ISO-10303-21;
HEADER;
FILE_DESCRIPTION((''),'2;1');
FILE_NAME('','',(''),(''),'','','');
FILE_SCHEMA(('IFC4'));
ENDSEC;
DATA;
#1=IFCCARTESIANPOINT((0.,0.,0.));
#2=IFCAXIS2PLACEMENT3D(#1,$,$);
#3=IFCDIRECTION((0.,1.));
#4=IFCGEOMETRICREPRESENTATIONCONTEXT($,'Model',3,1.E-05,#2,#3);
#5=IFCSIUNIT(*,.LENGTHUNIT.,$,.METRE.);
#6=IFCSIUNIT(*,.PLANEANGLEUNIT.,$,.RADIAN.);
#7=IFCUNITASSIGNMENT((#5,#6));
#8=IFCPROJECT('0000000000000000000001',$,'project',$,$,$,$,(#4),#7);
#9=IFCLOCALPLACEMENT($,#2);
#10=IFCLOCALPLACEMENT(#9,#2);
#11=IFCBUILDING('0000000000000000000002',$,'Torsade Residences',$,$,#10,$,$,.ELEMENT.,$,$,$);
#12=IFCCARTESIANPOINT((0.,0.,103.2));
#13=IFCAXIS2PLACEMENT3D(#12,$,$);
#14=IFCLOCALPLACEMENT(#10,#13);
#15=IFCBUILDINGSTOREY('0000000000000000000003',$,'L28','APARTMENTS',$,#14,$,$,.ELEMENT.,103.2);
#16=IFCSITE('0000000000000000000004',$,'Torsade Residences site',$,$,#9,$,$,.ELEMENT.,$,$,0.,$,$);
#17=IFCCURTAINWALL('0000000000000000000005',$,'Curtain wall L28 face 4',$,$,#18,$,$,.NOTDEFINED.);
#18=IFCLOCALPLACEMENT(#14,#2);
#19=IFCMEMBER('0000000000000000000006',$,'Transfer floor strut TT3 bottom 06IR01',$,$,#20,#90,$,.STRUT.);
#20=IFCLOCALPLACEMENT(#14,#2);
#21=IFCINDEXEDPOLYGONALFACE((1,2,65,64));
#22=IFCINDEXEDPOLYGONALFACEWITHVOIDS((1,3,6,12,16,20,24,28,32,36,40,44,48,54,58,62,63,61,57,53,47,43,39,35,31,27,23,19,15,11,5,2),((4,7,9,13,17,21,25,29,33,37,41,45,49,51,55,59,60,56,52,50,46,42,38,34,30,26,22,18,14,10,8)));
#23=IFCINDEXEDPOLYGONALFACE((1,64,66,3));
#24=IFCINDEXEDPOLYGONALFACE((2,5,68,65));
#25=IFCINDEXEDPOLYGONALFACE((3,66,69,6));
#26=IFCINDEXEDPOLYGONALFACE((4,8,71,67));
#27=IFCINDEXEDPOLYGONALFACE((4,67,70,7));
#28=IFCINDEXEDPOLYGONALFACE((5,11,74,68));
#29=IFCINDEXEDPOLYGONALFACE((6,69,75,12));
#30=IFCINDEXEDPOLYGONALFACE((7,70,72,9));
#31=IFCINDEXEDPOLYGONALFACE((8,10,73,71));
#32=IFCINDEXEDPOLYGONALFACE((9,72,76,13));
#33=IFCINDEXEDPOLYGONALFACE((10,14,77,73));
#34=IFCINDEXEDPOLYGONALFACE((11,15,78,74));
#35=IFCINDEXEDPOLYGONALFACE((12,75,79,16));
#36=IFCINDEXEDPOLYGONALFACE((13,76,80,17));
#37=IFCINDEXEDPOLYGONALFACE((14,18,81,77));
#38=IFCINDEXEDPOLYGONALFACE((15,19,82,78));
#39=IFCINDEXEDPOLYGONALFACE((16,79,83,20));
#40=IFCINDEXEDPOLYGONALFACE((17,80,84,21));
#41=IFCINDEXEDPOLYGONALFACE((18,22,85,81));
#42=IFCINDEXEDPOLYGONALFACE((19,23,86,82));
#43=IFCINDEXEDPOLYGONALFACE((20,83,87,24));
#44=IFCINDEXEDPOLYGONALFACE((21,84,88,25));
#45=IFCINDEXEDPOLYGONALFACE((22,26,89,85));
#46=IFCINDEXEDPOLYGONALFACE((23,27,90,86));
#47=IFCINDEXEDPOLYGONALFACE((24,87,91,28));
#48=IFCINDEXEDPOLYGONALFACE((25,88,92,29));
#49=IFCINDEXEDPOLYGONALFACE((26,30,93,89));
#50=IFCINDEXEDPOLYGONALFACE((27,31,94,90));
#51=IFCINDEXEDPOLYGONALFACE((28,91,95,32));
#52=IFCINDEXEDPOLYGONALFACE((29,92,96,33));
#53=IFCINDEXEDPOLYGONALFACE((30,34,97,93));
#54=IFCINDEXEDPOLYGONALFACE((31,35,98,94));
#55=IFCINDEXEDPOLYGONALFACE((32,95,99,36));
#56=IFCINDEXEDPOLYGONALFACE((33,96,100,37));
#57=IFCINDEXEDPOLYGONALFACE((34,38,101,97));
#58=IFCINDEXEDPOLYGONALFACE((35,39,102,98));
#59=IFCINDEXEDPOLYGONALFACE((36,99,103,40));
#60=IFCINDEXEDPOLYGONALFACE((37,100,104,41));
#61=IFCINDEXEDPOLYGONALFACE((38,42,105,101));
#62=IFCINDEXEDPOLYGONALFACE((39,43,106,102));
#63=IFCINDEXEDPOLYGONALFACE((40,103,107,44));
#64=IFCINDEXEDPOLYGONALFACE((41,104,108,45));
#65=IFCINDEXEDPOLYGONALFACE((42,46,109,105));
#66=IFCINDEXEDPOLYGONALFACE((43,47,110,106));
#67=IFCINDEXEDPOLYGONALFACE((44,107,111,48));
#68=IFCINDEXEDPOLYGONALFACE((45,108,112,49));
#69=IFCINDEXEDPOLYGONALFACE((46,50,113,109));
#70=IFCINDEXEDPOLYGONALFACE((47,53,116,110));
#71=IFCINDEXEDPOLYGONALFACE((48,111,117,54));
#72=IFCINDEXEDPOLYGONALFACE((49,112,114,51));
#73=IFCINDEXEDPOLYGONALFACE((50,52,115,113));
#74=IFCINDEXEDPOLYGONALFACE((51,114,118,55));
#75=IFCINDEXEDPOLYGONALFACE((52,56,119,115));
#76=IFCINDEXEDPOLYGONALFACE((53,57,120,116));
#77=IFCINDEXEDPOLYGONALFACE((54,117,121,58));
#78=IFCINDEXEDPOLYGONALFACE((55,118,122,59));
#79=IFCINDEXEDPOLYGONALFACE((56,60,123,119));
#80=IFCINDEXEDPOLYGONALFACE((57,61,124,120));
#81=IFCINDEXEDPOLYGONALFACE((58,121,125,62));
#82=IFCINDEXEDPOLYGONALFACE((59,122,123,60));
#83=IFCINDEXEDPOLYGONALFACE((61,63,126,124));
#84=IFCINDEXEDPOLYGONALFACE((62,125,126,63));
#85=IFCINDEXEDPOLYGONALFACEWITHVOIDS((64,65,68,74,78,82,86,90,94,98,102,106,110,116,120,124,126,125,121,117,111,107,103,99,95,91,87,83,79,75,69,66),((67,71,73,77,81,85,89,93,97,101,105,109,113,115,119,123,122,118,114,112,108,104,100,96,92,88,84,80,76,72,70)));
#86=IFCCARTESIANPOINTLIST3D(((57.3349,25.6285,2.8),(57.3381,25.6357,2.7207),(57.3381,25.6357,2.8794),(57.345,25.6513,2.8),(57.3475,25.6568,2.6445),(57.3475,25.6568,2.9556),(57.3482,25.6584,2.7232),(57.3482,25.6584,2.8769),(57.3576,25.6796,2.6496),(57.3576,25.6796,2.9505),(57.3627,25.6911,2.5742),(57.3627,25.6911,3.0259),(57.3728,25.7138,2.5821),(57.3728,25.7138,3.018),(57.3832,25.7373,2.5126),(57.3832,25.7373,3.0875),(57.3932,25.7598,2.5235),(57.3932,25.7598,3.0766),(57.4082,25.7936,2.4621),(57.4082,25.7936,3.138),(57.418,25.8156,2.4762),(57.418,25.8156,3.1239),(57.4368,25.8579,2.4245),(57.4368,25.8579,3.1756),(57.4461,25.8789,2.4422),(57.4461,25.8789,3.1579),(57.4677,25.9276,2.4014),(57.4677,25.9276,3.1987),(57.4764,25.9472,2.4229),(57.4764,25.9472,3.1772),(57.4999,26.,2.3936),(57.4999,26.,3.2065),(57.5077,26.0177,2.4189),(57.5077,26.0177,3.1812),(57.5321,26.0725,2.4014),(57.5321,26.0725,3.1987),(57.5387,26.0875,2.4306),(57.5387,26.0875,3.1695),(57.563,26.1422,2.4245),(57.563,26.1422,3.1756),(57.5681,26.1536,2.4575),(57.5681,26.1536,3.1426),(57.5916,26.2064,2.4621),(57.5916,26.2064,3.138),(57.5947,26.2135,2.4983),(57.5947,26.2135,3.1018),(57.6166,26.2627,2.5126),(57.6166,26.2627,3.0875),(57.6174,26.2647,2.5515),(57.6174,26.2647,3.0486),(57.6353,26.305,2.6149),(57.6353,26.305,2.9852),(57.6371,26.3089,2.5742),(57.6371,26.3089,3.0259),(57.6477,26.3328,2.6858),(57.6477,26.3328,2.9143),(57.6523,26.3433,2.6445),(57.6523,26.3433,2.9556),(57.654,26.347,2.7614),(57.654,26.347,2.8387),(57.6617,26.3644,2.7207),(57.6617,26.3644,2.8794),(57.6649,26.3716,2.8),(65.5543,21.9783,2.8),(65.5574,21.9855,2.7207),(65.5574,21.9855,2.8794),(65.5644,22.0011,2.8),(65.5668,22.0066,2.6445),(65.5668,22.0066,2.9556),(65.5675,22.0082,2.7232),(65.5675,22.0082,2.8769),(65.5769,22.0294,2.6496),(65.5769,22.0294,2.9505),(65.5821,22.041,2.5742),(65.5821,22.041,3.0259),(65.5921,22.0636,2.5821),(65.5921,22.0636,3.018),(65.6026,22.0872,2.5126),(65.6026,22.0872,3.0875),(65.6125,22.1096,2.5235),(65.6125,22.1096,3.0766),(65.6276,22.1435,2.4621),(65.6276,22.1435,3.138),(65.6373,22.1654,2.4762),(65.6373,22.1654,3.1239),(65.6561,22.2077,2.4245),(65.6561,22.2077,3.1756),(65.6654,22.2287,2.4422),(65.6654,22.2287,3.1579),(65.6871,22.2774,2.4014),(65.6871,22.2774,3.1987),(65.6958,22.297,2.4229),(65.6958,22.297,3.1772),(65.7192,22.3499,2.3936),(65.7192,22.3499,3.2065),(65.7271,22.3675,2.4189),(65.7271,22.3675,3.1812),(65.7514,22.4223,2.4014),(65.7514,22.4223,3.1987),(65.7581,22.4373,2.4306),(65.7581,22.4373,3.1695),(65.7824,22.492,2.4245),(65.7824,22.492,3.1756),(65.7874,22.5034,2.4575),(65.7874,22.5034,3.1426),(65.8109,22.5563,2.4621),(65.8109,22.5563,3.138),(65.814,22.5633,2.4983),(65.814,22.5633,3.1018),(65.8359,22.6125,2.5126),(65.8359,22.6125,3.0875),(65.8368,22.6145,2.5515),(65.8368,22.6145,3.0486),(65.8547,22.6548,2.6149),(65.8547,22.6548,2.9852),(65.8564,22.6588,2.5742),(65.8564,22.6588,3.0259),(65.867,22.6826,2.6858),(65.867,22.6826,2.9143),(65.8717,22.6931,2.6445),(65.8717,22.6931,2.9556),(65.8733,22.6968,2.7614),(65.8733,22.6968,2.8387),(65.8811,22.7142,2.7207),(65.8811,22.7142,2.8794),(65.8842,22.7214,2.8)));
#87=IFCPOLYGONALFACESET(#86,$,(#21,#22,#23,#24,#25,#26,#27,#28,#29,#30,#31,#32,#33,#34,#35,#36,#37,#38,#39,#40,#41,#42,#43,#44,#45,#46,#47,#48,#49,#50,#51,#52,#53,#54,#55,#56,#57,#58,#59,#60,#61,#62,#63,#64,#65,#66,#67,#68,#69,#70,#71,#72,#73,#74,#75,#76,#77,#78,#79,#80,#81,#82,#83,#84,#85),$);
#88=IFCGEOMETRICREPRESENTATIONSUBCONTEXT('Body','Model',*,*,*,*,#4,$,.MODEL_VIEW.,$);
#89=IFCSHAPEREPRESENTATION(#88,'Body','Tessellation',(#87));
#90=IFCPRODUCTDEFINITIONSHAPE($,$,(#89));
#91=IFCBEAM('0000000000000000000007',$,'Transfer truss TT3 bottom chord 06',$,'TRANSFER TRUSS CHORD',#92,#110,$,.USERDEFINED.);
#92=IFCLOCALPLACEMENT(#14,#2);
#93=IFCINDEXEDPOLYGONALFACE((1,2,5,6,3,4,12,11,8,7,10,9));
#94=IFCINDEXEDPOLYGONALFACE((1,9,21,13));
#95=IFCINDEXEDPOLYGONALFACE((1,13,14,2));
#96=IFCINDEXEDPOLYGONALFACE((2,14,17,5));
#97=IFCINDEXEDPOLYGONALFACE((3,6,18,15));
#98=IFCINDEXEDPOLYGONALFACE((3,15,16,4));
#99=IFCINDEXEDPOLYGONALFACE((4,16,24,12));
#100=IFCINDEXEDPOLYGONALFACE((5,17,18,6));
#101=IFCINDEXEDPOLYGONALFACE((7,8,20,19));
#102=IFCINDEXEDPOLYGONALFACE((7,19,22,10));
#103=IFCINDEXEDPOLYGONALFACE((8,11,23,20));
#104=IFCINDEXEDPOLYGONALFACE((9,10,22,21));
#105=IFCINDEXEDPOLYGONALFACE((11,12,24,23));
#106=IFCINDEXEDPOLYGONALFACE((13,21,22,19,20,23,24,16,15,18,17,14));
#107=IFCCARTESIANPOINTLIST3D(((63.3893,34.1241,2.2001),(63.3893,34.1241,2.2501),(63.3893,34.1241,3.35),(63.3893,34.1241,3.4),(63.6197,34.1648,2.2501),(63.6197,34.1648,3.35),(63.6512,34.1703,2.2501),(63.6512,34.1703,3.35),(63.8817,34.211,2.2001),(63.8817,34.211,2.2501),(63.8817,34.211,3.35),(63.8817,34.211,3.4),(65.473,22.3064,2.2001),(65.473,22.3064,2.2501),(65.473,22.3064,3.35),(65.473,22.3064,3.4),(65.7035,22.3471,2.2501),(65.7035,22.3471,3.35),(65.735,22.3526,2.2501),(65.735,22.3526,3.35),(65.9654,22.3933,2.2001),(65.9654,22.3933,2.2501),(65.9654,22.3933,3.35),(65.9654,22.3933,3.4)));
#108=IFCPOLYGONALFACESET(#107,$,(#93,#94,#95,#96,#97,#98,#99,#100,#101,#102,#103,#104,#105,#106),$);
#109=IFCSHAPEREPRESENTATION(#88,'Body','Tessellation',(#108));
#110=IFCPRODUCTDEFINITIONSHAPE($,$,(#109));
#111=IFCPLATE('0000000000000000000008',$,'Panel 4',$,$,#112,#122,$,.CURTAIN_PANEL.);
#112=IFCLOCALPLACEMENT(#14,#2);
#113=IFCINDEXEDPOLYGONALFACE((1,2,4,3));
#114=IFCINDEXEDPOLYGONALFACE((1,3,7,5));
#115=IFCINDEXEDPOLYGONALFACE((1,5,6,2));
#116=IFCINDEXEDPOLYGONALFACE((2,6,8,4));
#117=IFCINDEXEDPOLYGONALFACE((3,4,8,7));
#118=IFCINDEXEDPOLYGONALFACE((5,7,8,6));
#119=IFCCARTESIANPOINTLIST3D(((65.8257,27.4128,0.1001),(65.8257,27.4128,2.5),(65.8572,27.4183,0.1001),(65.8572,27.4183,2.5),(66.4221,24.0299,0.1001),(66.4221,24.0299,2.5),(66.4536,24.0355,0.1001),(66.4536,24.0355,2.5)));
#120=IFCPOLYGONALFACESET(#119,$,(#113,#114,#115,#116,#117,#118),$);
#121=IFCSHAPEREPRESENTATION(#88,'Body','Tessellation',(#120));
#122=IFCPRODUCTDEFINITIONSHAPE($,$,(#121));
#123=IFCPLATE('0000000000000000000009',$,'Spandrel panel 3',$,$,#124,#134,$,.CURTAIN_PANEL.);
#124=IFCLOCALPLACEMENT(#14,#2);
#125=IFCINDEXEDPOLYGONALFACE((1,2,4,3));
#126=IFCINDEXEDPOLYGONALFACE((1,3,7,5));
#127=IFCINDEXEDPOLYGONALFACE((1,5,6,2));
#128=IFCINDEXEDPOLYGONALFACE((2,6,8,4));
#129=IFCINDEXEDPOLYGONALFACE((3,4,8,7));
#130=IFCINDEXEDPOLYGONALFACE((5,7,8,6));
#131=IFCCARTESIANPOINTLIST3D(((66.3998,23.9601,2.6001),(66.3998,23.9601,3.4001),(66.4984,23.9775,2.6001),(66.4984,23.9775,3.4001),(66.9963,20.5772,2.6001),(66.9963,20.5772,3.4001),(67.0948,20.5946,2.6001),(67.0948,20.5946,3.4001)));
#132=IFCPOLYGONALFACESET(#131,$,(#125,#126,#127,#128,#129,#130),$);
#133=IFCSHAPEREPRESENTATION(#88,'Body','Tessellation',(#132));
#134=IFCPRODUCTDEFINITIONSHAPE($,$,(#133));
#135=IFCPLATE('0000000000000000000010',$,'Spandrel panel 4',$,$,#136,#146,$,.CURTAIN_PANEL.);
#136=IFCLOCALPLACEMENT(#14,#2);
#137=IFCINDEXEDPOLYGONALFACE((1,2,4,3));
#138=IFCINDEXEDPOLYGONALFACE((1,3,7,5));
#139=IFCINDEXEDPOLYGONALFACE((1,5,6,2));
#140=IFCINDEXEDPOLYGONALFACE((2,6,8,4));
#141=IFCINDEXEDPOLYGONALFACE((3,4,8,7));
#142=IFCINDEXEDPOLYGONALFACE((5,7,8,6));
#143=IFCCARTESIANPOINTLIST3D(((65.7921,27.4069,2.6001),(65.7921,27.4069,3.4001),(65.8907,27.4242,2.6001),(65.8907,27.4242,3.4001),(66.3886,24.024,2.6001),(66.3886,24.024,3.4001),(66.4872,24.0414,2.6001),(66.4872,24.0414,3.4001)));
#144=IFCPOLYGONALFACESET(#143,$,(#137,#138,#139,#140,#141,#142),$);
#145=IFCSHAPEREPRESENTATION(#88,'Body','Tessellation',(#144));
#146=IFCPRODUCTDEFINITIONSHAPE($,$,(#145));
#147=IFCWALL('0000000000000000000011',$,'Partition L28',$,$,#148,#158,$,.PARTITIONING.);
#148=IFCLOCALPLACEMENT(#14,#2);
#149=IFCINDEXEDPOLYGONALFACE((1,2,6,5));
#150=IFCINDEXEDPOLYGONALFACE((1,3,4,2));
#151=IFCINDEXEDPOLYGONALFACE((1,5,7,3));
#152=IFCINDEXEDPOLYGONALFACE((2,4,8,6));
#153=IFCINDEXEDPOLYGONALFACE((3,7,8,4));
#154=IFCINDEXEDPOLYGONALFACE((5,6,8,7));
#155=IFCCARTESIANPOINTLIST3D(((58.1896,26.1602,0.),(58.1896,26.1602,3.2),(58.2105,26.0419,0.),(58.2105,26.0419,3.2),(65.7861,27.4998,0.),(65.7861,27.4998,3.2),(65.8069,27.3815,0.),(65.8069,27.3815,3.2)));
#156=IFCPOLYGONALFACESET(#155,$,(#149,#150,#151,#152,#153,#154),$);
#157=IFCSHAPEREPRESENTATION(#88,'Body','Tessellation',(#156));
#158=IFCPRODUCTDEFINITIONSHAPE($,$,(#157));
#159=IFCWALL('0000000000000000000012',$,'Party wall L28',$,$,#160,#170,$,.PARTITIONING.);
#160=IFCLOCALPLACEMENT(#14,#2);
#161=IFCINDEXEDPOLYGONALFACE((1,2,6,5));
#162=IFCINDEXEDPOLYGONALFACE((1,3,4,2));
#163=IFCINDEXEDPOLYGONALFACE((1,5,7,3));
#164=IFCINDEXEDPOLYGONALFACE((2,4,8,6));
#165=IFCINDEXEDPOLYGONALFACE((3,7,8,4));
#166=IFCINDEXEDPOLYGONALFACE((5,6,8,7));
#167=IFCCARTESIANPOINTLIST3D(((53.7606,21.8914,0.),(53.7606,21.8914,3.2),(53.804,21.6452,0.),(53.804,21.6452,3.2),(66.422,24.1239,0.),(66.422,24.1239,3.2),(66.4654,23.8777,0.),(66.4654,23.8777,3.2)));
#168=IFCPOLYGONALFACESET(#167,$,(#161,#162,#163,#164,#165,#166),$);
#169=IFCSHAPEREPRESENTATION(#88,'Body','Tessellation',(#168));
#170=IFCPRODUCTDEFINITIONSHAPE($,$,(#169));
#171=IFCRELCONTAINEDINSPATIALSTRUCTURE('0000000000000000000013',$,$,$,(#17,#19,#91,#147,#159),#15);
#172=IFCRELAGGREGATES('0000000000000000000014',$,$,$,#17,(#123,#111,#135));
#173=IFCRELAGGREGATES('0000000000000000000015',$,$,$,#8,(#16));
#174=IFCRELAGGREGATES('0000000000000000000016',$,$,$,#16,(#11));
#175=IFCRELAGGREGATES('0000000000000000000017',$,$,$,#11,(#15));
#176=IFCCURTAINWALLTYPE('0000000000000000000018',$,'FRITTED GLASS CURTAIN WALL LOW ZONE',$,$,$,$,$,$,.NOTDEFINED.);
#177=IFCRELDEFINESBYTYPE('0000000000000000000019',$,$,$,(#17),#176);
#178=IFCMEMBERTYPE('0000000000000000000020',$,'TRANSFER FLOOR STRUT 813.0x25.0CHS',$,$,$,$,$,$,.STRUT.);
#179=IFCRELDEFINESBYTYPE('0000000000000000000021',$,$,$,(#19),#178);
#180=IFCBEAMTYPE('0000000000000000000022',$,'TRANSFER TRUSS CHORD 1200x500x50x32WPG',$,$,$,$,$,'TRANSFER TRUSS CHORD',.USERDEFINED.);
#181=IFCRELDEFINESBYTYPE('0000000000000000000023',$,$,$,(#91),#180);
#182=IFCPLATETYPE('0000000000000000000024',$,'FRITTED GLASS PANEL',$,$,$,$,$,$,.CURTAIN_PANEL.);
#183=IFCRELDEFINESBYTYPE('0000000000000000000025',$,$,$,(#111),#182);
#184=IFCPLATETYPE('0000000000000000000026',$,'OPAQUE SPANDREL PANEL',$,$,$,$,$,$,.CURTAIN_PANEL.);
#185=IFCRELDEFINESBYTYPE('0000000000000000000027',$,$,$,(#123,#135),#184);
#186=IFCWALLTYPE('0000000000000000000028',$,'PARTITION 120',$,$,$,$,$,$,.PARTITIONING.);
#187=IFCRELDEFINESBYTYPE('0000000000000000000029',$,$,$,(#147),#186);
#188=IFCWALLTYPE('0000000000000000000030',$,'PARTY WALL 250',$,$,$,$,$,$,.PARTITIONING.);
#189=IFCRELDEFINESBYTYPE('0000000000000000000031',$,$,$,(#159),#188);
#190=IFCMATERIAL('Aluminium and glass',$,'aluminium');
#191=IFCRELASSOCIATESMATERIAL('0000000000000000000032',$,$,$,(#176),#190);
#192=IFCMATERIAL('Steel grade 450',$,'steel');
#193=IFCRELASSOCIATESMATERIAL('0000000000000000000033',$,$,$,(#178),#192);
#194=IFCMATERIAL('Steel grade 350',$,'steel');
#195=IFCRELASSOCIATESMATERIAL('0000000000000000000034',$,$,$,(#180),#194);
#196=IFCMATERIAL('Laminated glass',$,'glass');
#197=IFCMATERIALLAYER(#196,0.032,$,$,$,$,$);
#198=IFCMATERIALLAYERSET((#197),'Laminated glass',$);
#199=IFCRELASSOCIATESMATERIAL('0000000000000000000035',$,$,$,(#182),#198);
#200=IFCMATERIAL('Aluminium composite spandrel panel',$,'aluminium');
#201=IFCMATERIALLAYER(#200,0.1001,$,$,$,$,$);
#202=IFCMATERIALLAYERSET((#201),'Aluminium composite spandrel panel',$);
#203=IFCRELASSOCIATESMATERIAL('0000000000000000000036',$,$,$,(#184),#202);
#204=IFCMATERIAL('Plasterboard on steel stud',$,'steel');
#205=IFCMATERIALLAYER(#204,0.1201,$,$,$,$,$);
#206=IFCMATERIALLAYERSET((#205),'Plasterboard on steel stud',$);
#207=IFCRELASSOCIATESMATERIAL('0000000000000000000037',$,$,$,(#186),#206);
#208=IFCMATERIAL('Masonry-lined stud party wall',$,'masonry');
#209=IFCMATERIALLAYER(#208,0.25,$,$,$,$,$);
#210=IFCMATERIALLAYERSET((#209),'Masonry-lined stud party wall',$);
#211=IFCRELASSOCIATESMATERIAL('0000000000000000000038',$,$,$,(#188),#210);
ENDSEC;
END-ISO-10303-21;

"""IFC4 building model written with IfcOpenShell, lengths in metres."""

from ifc_helpers import new_model, si_unit, direction, frame, frame_2d, origin, origin_2d, place, context, subcontext, project, spatial, rectangle, hollow_circle, i_section, extrude, material, layer, layer_set, material_profile, profile_set, type_object, element, aggregate, save


model = new_model("IFC4")

# Units and contexts
model_context = context("Model", 3, precision=1e-05, world=origin(), true_north=direction((0.0, 1.0)))
body_context = subcontext(model_context, "Body", "Model", "MODEL_VIEW")
ifc_project = project(units=[si_unit("LENGTHUNIT", "METRE"), si_unit("PLANEANGLEUNIT", "RADIAN")], contexts=[model_context])

# Site, building, storey
site_placement = place(None, origin())
site = spatial("IfcSite", under=ifc_project, at=site_placement, Name="Torsade Residences site", CompositionType="ELEMENT", RefElevation=0.0)
building_placement = place(site_placement, origin())
building = spatial("IfcBuilding", under=site, at=building_placement, Name="Torsade Residences", CompositionType="ELEMENT")
storey_placement = place(building_placement, frame((0.0, 0.0, 103.2)))
storey = spatial("IfcBuildingStorey", under=building, at=storey_placement, Name="L28", Description="APARTMENTS", CompositionType="ELEMENT", Elevation=103.2)

# Curtain wall
ifc_material_1 = material(Name="Aluminium and glass", Category="aluminium")
curtain_wall_type = type_object("IfcCurtainWallType", Name="FRITTED GLASS CURTAIN WALL LOW ZONE", PredefinedType="NOTDEFINED", material=ifc_material_1)
curtain_wall_placement = place(storey_placement, origin())
curtain_wall = element("IfcCurtainWall", 1, at=curtain_wall_placement, inside=storey, type_object=curtain_wall_type, Name="Curtain wall L28 face 4", PredefinedType="NOTDEFINED")

# Member
ifc_material_2 = material(Name="Steel grade 450", Category="steel")
ifc_material_profile_1 = material_profile(ifc_material_2, hollow_circle(Radius=0.4065, WallThickness=0.0249, at=origin_2d()), Name="813.0x25.0CHS")
ifc_profile_set_1 = profile_set([ifc_material_profile_1], Name="Steel grade 450")
member_type_1 = type_object("IfcMemberType", Name="TRANSFER FLOOR STRUT 813.0x25.0CHS", PredefinedType="STRUT", material=ifc_profile_set_1)
member_1_placement = place(storey_placement, frame((65.7192, 22.3499, 2.8), z_axis=(-0.913929, 0.405874, 0.0), x_axis=(-0.405874, -0.913929, 0.0)))
element("IfcMember", 2, at=member_1_placement, inside=storey, type_object=member_type_1, Name="Transfer floor strut TT3 bottom 06IR01", PredefinedType="STRUT", context=body_context, shape_type="SweptSolid", body=[
    extrude(hollow_circle(Radius=0.4065, WallThickness=0.0249, at=origin_2d()), origin(), (0.0, 0.0, 1.0), 8.9934),
])

# Beam
ifc_material_3 = material(Name="Steel grade 350", Category="steel")
ifc_material_profile_2 = material_profile(ifc_material_3, i_section(OverallWidth=0.5, OverallDepth=1.2, WebThickness=0.032, FlangeThickness=0.05, at=origin_2d()), Name="1200x500x50x32WPG")
ifc_profile_set_2 = profile_set([ifc_material_profile_2], Name="Steel grade 350")
beam_type_1 = type_object("IfcBeamType", Name="TRANSFER TRUSS CHORD 1200x500x50x32WPG", ElementType="TRANSFER TRUSS CHORD", PredefinedType="USERDEFINED", material=ifc_profile_set_2)
beam_1_placement = place(storey_placement, frame((65.7192, 22.3499, 2.8), z_axis=(-0.173646, 0.984808, 0.0), x_axis=(-0.984808, -0.173646, 0.0)))
element("IfcBeam", 3, at=beam_1_placement, inside=storey, type_object=beam_type_1, Name="Transfer truss TT3 bottom chord 06", ObjectType="TRANSFER TRUSS CHORD", PredefinedType="USERDEFINED", context=body_context, shape_type="SweptSolid", body=[
    extrude(i_section(OverallWidth=0.5, OverallDepth=1.2, WebThickness=0.032, FlangeThickness=0.05, at=origin_2d()), origin(), (0.0, 0.0, 1.0), 12.0),
])

# Plates
ifc_material_4 = material(Name="Laminated glass", Category="glass")
ifc_layer_1 = layer(ifc_material_4, 0.032)
ifc_layer_set_1 = layer_set([ifc_layer_1], Name="Laminated glass")
plate_type_1 = type_object("IfcPlateType", Name="FRITTED GLASS PANEL", PredefinedType="CURTAIN_PANEL", material=ifc_layer_set_1)
plate_1_placement = place(storey_placement, frame((66.1396, 25.7241, 0.1001), z_axis=(0.0, 0.0, 1.0), x_axis=(-0.173648, 0.984808, 0.0)))
plate_1 = element("IfcPlate", 4, at=plate_1_placement, type_object=plate_type_1, Name="Panel 4", PredefinedType="CURTAIN_PANEL", context=body_context, shape_type="SweptSolid", body=[
    extrude(rectangle(XDim=3.4351, YDim=0.032, at=origin_2d()), origin(), (0.0, 0.0, 1.0), 2.3999),
])
ifc_material_5 = material(Name="Aluminium composite spandrel panel", Category="aluminium")
ifc_layer_2 = layer(ifc_material_5, 0.1001)
ifc_layer_set_2 = layer_set([ifc_layer_2], Name="Aluminium composite spandrel panel")
plate_type_2 = type_object("IfcPlateType", Name="OPAQUE SPANDREL PANEL", PredefinedType="CURTAIN_PANEL", material=ifc_layer_set_2)
plate_2_placement = place(storey_placement, frame((66.7473, 22.2773, 2.6001), z_axis=(0.0, 0.0, 1.0), x_axis=(-0.173648, 0.984808, 0.0)))
plate_2 = element("IfcPlate", 5, at=plate_2_placement, type_object=plate_type_2, Name="Spandrel panel 3", PredefinedType="CURTAIN_PANEL", context=body_context, shape_type="SweptSolid", body=[
    extrude(rectangle(XDim=3.4351, YDim=0.1001, at=origin_2d()), origin(), (0.0, 0.0, 1.0), 0.8),
])
plate_3_placement = place(storey_placement, frame((66.1396, 25.7241, 2.6001), z_axis=(0.0, 0.0, 1.0), x_axis=(-0.173648, 0.984808, 0.0)))
plate_3 = element("IfcPlate", 6, at=plate_3_placement, type_object=plate_type_2, Name="Spandrel panel 4", PredefinedType="CURTAIN_PANEL", context=body_context, shape_type="SweptSolid", body=[
    extrude(rectangle(XDim=3.4351, YDim=0.1001, at=origin_2d()), origin(), (0.0, 0.0, 1.0), 0.8),
])
aggregate(curtain_wall, [plate_2, plate_1, plate_3])

# Walls
ifc_material_6 = material(Name="Plasterboard on steel stud", Category="steel")
ifc_layer_3 = layer(ifc_material_6, 0.1201)
ifc_layer_set_3 = layer_set([ifc_layer_3], Name="Plasterboard on steel stud")
wall_type_1 = type_object("IfcWallType", Name="PARTITION 120", PredefinedType="PARTITIONING", material=ifc_layer_set_3)
wall_1_placement = place(storey_placement, frame((58.2, 26.1011, 0.0), z_axis=(0.0, 0.0, 1.0), x_axis=(0.984805, 0.173666, 0.0)))
element("IfcWall", 7, at=wall_1_placement, inside=storey, type_object=wall_type_1, Name="Partition L28", PredefinedType="PARTITIONING", context=body_context, shape_type="SweptSolid", body=[
    extrude(rectangle(XDim=7.7136, YDim=0.1201, at=frame_2d((3.8569, 0.0))), origin(), (0.0, 0.0, 1.0), 3.2),
])
ifc_material_7 = material(Name="Masonry-lined stud party wall", Category="masonry")
ifc_layer_4 = layer(ifc_material_7, 0.25)
ifc_layer_set_4 = layer_set([ifc_layer_4], Name="Masonry-lined stud party wall")
wall_type_2 = type_object("IfcWallType", Name="PARTY WALL 250", PredefinedType="PARTITIONING", material=ifc_layer_set_4)
wall_2_placement = place(storey_placement, frame((66.4436, 24.0007, 0.0), z_axis=(0.0, 0.0, 1.0), x_axis=(-0.984809, -0.173639, 0.0)))
element("IfcWall", 8, at=wall_2_placement, inside=storey, type_object=wall_type_2, Name="Party wall L28", PredefinedType="PARTITIONING", context=body_context, shape_type="SweptSolid", body=[
    extrude(rectangle(XDim=12.8567, YDim=0.25, at=frame_2d((6.4282, 0.0))), origin(), (0.0, 0.0, 1.0), 3.2),
])

save(model, "model.ifc")
